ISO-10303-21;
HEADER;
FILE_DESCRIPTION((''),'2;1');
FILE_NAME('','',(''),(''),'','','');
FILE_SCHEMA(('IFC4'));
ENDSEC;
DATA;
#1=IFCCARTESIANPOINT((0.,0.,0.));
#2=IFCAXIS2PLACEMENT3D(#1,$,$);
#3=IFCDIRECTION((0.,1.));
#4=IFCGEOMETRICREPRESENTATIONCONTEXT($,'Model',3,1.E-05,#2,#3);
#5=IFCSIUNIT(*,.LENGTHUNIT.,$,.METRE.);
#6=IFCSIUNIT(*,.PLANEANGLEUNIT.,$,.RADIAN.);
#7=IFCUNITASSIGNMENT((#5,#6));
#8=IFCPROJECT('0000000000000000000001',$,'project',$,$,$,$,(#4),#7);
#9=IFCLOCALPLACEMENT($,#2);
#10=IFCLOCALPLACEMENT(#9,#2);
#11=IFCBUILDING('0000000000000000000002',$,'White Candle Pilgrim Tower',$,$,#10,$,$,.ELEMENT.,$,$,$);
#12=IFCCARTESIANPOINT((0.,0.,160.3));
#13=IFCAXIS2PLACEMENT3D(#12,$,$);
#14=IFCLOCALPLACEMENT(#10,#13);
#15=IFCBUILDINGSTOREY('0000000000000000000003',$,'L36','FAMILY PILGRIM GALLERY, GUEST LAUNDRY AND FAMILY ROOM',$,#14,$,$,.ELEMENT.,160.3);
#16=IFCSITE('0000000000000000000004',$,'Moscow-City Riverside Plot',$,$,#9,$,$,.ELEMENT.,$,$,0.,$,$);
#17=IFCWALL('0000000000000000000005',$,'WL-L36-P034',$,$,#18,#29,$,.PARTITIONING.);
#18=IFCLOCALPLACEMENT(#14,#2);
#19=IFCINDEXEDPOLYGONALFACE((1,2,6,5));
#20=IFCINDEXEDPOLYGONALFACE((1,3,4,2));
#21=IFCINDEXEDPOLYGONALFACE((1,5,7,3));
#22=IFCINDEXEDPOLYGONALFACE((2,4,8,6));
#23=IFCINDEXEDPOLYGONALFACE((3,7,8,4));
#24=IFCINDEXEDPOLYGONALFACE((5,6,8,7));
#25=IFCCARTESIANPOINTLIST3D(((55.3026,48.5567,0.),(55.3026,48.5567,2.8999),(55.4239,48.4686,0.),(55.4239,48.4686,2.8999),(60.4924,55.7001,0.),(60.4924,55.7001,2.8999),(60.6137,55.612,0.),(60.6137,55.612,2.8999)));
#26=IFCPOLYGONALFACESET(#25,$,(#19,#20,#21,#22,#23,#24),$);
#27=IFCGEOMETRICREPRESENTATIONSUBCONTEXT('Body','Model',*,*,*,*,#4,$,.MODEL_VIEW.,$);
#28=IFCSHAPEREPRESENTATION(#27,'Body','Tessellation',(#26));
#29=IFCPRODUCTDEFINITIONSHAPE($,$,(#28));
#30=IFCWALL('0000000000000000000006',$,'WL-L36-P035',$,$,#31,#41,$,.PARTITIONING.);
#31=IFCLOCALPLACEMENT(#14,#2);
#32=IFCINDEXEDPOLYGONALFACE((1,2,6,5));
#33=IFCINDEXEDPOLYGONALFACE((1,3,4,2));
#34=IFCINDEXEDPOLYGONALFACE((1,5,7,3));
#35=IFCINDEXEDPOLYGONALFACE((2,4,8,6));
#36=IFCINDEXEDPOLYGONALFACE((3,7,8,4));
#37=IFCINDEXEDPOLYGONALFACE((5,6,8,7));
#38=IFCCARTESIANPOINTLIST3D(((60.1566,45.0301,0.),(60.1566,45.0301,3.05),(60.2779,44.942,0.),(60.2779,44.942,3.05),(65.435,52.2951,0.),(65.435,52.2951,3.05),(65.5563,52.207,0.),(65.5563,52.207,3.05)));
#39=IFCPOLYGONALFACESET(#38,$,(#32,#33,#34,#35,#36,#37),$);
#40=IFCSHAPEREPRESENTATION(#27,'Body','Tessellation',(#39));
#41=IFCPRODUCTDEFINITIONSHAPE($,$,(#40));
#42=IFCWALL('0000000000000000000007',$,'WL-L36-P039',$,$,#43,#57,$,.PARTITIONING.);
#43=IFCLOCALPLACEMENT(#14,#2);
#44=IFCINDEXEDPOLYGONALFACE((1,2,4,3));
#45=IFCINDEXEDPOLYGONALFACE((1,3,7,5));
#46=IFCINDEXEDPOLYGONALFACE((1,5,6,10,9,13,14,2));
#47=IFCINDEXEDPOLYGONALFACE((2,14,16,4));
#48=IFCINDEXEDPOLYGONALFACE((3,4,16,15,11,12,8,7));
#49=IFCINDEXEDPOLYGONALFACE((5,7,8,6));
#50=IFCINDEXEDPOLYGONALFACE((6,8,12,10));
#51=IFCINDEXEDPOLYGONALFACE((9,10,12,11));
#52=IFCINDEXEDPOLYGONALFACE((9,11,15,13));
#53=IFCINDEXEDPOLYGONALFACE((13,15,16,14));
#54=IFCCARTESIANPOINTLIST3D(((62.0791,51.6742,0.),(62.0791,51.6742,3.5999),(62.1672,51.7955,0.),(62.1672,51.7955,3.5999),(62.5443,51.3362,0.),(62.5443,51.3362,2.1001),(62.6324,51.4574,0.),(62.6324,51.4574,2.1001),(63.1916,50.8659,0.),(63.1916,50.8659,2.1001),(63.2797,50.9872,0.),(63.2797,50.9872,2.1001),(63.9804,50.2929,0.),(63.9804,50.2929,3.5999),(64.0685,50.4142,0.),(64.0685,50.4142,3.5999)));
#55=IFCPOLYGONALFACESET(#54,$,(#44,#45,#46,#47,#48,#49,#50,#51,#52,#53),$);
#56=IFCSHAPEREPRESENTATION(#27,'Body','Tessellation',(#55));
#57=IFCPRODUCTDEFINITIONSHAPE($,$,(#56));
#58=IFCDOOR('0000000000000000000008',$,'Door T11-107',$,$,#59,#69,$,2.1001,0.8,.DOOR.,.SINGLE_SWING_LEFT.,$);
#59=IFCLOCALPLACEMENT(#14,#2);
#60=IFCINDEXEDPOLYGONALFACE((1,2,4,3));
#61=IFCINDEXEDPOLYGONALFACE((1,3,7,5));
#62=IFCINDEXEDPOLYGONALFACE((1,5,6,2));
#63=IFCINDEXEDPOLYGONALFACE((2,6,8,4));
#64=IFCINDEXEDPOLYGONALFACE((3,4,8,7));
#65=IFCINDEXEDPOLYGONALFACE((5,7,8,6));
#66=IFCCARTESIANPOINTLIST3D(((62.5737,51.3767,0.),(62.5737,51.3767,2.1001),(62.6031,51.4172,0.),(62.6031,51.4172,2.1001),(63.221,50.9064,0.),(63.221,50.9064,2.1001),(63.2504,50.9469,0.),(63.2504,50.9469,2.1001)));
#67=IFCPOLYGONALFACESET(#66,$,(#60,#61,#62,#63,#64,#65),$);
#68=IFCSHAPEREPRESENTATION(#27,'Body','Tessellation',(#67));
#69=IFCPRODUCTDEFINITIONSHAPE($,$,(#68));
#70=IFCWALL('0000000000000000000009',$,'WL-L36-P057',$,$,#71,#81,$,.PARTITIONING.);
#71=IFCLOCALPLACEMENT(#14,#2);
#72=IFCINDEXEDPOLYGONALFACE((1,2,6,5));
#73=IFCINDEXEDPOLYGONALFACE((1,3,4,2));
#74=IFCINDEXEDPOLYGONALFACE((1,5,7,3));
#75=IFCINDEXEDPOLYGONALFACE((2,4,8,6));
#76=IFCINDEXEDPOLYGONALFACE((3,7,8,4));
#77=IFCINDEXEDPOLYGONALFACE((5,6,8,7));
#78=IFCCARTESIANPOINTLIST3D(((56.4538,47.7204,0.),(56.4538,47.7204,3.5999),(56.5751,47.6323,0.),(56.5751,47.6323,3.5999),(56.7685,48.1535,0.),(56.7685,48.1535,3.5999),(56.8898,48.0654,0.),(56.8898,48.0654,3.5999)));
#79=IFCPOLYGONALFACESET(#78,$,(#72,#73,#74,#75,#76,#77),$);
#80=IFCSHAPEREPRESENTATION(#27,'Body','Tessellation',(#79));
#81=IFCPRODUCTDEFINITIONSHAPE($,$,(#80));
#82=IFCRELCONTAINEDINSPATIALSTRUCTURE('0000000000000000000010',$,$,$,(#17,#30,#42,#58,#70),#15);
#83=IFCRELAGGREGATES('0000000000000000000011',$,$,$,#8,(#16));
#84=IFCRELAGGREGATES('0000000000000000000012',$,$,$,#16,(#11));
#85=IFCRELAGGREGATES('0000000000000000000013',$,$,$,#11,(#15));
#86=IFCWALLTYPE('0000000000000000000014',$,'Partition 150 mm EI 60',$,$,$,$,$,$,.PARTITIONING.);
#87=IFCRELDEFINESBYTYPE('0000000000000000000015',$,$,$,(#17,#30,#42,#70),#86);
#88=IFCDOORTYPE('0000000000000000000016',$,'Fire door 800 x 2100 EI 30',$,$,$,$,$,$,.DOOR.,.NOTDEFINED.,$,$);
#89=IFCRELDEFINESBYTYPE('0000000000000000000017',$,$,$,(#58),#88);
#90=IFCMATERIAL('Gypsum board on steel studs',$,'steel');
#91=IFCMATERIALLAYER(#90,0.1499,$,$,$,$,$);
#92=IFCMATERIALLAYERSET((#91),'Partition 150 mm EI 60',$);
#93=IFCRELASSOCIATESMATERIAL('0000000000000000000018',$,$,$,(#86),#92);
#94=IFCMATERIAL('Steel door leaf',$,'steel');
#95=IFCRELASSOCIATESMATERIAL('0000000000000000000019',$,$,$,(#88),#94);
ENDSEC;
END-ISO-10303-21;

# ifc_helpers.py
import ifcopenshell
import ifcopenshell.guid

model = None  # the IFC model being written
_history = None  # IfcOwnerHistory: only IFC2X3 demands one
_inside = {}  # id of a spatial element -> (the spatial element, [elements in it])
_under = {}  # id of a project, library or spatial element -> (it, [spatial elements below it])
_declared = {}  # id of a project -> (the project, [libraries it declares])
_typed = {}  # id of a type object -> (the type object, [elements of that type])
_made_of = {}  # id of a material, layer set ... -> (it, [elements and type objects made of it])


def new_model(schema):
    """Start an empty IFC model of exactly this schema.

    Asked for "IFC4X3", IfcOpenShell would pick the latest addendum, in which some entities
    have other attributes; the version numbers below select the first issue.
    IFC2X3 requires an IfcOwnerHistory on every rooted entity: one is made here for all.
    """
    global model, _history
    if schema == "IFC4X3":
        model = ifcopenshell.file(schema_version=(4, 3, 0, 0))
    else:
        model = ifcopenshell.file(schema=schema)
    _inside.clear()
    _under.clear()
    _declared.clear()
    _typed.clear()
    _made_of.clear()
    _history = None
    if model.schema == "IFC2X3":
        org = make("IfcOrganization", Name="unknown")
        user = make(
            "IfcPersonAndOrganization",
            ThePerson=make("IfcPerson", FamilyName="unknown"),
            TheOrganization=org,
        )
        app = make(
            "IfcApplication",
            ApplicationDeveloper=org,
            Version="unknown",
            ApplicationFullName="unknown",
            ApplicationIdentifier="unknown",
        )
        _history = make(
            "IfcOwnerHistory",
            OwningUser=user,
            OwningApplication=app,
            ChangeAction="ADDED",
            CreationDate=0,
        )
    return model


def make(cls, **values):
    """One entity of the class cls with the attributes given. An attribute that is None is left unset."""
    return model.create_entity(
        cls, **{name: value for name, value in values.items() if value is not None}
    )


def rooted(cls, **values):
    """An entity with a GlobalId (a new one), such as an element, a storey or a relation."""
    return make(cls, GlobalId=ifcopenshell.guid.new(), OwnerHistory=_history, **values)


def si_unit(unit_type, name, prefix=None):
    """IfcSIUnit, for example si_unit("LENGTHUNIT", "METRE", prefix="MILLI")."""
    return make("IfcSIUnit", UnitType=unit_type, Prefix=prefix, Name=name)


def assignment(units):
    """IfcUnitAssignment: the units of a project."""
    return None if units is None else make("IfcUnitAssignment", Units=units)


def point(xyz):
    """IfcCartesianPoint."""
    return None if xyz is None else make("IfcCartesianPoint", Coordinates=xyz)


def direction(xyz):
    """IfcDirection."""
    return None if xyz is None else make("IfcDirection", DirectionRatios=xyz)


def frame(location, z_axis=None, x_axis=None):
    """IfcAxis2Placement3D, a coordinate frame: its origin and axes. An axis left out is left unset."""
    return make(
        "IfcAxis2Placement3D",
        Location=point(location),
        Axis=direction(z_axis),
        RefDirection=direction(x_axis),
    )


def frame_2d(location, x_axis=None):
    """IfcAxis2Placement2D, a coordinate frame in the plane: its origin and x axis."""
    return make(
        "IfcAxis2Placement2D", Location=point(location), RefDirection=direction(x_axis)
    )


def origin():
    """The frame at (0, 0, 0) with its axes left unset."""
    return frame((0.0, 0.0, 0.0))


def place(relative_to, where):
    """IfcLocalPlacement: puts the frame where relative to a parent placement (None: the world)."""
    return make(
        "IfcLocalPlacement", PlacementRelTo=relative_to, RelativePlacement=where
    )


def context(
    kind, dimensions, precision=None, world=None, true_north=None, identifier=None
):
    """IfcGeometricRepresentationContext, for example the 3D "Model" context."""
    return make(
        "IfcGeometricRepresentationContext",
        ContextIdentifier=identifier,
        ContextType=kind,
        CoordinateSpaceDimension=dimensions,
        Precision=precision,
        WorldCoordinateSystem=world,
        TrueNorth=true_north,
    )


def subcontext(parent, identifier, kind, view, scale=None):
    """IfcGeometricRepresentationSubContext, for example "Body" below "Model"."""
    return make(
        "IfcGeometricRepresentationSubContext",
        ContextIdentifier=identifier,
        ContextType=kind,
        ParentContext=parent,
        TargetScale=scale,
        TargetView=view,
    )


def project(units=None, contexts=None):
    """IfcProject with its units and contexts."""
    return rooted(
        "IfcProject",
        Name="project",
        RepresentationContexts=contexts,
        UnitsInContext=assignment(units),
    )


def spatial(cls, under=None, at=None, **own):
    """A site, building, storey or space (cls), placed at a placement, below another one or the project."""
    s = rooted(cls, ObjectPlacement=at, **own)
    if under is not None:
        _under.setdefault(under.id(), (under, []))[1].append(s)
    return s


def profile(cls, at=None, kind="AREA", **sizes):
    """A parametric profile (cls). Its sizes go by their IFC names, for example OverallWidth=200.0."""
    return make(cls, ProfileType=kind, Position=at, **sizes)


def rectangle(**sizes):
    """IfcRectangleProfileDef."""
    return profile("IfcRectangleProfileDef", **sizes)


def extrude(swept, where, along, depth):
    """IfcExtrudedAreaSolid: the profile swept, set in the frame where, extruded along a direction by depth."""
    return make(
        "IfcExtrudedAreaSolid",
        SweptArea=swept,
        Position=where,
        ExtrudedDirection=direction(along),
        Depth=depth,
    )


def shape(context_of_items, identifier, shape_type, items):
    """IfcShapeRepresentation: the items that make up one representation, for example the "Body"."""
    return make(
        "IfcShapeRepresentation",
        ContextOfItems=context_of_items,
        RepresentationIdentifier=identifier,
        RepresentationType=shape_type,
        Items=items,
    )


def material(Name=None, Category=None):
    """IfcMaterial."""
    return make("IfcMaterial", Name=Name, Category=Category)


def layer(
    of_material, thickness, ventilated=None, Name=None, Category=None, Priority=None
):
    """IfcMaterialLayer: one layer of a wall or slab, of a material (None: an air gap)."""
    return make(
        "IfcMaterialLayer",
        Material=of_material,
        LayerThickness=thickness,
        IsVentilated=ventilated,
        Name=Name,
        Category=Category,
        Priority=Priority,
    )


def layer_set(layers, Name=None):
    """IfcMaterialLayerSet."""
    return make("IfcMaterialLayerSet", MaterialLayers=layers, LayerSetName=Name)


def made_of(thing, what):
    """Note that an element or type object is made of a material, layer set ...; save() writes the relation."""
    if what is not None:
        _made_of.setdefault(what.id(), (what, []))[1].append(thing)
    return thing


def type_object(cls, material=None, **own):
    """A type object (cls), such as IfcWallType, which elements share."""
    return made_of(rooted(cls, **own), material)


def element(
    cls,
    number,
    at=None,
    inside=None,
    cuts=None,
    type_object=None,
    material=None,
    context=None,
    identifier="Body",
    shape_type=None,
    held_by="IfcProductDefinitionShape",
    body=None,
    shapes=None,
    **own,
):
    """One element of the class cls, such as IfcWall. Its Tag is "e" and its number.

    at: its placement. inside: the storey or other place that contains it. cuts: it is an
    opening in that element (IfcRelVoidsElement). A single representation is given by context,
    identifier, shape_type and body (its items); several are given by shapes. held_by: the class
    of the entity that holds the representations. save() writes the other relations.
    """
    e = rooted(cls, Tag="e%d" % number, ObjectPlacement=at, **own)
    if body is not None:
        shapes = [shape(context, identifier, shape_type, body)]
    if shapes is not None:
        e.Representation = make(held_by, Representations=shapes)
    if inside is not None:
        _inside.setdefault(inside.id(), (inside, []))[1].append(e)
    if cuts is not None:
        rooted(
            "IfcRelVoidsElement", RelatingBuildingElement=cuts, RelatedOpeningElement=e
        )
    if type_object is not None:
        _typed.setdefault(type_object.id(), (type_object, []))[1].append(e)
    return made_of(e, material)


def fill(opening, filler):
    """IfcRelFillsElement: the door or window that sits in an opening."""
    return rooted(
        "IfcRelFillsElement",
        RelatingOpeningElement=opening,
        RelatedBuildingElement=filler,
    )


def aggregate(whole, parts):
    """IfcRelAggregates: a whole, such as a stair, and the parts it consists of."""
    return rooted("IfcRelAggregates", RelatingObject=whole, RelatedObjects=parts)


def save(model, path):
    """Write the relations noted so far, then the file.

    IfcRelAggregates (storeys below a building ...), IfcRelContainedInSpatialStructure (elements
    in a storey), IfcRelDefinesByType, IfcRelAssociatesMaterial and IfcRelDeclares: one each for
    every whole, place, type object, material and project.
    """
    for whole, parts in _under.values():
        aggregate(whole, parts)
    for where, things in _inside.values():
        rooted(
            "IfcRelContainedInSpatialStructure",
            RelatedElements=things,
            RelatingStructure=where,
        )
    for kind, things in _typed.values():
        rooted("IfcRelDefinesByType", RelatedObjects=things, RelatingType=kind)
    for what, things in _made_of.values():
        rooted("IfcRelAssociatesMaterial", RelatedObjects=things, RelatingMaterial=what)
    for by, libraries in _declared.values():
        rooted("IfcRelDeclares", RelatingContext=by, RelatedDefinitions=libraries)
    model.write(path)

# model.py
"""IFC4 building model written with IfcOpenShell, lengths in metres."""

from ifc_helpers import new_model, si_unit, direction, frame, frame_2d, origin, place, context, subcontext, project, spatial, rectangle, extrude, material, layer, layer_set, type_object, element, fill, save


model = new_model("IFC4")

# Units and contexts
model_context = context("Model", 3, precision=1e-05, world=origin(), true_north=direction((0.0, 1.0)))
body_context = subcontext(model_context, "Body", "Model", "MODEL_VIEW")
ifc_project = project(units=[si_unit("LENGTHUNIT", "METRE"), si_unit("PLANEANGLEUNIT", "RADIAN")], contexts=[model_context])

# Site, building, storey
site_placement = place(None, origin())
site = spatial("IfcSite", under=ifc_project, at=site_placement, Name="Moscow-City Riverside Plot", CompositionType="ELEMENT", RefElevation=0.0)
building_placement = place(site_placement, origin())
building = spatial("IfcBuilding", under=site, at=building_placement, Name="White Candle Pilgrim Tower", CompositionType="ELEMENT")
storey_placement = place(building_placement, frame((0.0, 0.0, 160.3)))
storey = spatial("IfcBuildingStorey", under=building, at=storey_placement, Name="L36", Description="FAMILY PILGRIM GALLERY, GUEST LAUNDRY AND FAMILY ROOM", CompositionType="ELEMENT", Elevation=160.3)

# Walls
ifc_material_1 = material(Name="Gypsum board on steel studs", Category="steel")
ifc_layer_1 = layer(ifc_material_1, 0.1499)
ifc_layer_set_1 = layer_set([ifc_layer_1], Name="Partition 150 mm EI 60")
wall_type_1 = type_object("IfcWallType", Name="Partition 150 mm EI 60", PredefinedType="PARTITIONING", material=ifc_layer_set_1)
wall_1_placement = place(storey_placement, frame((55.3633, 48.5127, 0.0), z_axis=(0.0, 0.0, 1.0), x_axis=(0.587769, 0.809029, 0.0)))
element("IfcWall", 1, at=wall_1_placement, inside=storey, type_object=wall_type_1, Name="WL-L36-P034", PredefinedType="PARTITIONING", context=body_context, shape_type="SweptSolid", body=[
    extrude(rectangle(XDim=8.8296, YDim=0.1499, at=frame_2d((4.4148, 0.0))), origin(), (0.0, 0.0, 1.0), 2.8999),
])
wall_2_placement = place(storey_placement, frame((60.2173, 44.9861, 0.0), z_axis=(0.0, 0.0, 1.0), x_axis=(0.58779, 0.809013, 0.0)))
element("IfcWall", 2, at=wall_2_placement, inside=storey, type_object=wall_type_1, Name="WL-L36-P035", PredefinedType="PARTITIONING", context=body_context, shape_type="SweptSolid", body=[
    extrude(rectangle(XDim=8.98, YDim=0.1499, at=frame_2d((4.49, 0.0))), origin(), (0.0, 0.0, 1.0), 3.05),
])

# Wall, opening, door
wall_3_placement = place(storey_placement, frame((64.0244, 50.3535, 0.0), z_axis=(0.0, 0.0, 1.0), x_axis=(-0.809032, 0.587764, 0.0)))
wall_3 = element("IfcWall", 3, at=wall_3_placement, inside=storey, type_object=wall_type_1, Name="WL-L36-P039", PredefinedType="PARTITIONING", context=body_context, shape_type="SweptSolid", body=[
    extrude(rectangle(XDim=2.3501, YDim=0.1499, at=frame_2d((1.175, 0.0))), origin(), (0.0, 0.0, 1.0), 3.5999),
])
opening_1_placement = place(wall_3_placement, frame((0.9751, 0.0, 0.0)))
opening_1 = element("IfcOpeningElement", 4, at=opening_1_placement, cuts=wall_3, PredefinedType="OPENING", context=body_context, shape_type="SweptSolid", body=[
    extrude(rectangle(XDim=0.8, YDim=2.1001, at=frame_2d((0.3999, 1.05))), frame((0.0, 0.085, 0.0), z_axis=(0.0, -1.0, 0.0), x_axis=(1.0, 0.0, 0.0)), (0.0, 0.0, 1.0), 0.1699),
])
ifc_material_2 = material(Name="Steel door leaf", Category="steel")
door_type = type_object("IfcDoorType", Name="Fire door 800 x 2100 EI 30", OperationType="NOTDEFINED", PredefinedType="DOOR", material=ifc_material_2)
door_placement = place(opening_1_placement, origin())
door = element("IfcDoor", 5, at=door_placement, inside=storey, type_object=door_type, Name="Door T11-107", OperationType="SINGLE_SWING_LEFT", OverallHeight=2.1001, OverallWidth=0.8, PredefinedType="DOOR", context=body_context, shape_type="SweptSolid", body=[
    extrude(rectangle(XDim=0.8, YDim=2.1001, at=frame_2d((0.3999, 1.05))), frame((0.0, 0.0249, 0.0), z_axis=(0.0, -1.0, 0.0), x_axis=(1.0, 0.0, 0.0)), (0.0, 0.0, 1.0), 0.05),
])
fill(opening_1, door)

# Wall
wall_4_placement = place(storey_placement, frame((56.8291, 48.1094, 0.0), z_axis=(0.0, 0.0, 1.0), x_axis=(-0.587819, -0.808992, 0.0)))
element("IfcWall", 6, at=wall_4_placement, inside=storey, type_object=wall_type_1, Name="WL-L36-P057", PredefinedType="PARTITIONING", context=body_context, shape_type="SweptSolid", body=[
    extrude(rectangle(XDim=0.5354, YDim=0.1499, at=frame_2d((0.2676, 0.0))), origin(), (0.0, 0.0, 1.0), 3.5999),
])

save(model, "model.ifc")
